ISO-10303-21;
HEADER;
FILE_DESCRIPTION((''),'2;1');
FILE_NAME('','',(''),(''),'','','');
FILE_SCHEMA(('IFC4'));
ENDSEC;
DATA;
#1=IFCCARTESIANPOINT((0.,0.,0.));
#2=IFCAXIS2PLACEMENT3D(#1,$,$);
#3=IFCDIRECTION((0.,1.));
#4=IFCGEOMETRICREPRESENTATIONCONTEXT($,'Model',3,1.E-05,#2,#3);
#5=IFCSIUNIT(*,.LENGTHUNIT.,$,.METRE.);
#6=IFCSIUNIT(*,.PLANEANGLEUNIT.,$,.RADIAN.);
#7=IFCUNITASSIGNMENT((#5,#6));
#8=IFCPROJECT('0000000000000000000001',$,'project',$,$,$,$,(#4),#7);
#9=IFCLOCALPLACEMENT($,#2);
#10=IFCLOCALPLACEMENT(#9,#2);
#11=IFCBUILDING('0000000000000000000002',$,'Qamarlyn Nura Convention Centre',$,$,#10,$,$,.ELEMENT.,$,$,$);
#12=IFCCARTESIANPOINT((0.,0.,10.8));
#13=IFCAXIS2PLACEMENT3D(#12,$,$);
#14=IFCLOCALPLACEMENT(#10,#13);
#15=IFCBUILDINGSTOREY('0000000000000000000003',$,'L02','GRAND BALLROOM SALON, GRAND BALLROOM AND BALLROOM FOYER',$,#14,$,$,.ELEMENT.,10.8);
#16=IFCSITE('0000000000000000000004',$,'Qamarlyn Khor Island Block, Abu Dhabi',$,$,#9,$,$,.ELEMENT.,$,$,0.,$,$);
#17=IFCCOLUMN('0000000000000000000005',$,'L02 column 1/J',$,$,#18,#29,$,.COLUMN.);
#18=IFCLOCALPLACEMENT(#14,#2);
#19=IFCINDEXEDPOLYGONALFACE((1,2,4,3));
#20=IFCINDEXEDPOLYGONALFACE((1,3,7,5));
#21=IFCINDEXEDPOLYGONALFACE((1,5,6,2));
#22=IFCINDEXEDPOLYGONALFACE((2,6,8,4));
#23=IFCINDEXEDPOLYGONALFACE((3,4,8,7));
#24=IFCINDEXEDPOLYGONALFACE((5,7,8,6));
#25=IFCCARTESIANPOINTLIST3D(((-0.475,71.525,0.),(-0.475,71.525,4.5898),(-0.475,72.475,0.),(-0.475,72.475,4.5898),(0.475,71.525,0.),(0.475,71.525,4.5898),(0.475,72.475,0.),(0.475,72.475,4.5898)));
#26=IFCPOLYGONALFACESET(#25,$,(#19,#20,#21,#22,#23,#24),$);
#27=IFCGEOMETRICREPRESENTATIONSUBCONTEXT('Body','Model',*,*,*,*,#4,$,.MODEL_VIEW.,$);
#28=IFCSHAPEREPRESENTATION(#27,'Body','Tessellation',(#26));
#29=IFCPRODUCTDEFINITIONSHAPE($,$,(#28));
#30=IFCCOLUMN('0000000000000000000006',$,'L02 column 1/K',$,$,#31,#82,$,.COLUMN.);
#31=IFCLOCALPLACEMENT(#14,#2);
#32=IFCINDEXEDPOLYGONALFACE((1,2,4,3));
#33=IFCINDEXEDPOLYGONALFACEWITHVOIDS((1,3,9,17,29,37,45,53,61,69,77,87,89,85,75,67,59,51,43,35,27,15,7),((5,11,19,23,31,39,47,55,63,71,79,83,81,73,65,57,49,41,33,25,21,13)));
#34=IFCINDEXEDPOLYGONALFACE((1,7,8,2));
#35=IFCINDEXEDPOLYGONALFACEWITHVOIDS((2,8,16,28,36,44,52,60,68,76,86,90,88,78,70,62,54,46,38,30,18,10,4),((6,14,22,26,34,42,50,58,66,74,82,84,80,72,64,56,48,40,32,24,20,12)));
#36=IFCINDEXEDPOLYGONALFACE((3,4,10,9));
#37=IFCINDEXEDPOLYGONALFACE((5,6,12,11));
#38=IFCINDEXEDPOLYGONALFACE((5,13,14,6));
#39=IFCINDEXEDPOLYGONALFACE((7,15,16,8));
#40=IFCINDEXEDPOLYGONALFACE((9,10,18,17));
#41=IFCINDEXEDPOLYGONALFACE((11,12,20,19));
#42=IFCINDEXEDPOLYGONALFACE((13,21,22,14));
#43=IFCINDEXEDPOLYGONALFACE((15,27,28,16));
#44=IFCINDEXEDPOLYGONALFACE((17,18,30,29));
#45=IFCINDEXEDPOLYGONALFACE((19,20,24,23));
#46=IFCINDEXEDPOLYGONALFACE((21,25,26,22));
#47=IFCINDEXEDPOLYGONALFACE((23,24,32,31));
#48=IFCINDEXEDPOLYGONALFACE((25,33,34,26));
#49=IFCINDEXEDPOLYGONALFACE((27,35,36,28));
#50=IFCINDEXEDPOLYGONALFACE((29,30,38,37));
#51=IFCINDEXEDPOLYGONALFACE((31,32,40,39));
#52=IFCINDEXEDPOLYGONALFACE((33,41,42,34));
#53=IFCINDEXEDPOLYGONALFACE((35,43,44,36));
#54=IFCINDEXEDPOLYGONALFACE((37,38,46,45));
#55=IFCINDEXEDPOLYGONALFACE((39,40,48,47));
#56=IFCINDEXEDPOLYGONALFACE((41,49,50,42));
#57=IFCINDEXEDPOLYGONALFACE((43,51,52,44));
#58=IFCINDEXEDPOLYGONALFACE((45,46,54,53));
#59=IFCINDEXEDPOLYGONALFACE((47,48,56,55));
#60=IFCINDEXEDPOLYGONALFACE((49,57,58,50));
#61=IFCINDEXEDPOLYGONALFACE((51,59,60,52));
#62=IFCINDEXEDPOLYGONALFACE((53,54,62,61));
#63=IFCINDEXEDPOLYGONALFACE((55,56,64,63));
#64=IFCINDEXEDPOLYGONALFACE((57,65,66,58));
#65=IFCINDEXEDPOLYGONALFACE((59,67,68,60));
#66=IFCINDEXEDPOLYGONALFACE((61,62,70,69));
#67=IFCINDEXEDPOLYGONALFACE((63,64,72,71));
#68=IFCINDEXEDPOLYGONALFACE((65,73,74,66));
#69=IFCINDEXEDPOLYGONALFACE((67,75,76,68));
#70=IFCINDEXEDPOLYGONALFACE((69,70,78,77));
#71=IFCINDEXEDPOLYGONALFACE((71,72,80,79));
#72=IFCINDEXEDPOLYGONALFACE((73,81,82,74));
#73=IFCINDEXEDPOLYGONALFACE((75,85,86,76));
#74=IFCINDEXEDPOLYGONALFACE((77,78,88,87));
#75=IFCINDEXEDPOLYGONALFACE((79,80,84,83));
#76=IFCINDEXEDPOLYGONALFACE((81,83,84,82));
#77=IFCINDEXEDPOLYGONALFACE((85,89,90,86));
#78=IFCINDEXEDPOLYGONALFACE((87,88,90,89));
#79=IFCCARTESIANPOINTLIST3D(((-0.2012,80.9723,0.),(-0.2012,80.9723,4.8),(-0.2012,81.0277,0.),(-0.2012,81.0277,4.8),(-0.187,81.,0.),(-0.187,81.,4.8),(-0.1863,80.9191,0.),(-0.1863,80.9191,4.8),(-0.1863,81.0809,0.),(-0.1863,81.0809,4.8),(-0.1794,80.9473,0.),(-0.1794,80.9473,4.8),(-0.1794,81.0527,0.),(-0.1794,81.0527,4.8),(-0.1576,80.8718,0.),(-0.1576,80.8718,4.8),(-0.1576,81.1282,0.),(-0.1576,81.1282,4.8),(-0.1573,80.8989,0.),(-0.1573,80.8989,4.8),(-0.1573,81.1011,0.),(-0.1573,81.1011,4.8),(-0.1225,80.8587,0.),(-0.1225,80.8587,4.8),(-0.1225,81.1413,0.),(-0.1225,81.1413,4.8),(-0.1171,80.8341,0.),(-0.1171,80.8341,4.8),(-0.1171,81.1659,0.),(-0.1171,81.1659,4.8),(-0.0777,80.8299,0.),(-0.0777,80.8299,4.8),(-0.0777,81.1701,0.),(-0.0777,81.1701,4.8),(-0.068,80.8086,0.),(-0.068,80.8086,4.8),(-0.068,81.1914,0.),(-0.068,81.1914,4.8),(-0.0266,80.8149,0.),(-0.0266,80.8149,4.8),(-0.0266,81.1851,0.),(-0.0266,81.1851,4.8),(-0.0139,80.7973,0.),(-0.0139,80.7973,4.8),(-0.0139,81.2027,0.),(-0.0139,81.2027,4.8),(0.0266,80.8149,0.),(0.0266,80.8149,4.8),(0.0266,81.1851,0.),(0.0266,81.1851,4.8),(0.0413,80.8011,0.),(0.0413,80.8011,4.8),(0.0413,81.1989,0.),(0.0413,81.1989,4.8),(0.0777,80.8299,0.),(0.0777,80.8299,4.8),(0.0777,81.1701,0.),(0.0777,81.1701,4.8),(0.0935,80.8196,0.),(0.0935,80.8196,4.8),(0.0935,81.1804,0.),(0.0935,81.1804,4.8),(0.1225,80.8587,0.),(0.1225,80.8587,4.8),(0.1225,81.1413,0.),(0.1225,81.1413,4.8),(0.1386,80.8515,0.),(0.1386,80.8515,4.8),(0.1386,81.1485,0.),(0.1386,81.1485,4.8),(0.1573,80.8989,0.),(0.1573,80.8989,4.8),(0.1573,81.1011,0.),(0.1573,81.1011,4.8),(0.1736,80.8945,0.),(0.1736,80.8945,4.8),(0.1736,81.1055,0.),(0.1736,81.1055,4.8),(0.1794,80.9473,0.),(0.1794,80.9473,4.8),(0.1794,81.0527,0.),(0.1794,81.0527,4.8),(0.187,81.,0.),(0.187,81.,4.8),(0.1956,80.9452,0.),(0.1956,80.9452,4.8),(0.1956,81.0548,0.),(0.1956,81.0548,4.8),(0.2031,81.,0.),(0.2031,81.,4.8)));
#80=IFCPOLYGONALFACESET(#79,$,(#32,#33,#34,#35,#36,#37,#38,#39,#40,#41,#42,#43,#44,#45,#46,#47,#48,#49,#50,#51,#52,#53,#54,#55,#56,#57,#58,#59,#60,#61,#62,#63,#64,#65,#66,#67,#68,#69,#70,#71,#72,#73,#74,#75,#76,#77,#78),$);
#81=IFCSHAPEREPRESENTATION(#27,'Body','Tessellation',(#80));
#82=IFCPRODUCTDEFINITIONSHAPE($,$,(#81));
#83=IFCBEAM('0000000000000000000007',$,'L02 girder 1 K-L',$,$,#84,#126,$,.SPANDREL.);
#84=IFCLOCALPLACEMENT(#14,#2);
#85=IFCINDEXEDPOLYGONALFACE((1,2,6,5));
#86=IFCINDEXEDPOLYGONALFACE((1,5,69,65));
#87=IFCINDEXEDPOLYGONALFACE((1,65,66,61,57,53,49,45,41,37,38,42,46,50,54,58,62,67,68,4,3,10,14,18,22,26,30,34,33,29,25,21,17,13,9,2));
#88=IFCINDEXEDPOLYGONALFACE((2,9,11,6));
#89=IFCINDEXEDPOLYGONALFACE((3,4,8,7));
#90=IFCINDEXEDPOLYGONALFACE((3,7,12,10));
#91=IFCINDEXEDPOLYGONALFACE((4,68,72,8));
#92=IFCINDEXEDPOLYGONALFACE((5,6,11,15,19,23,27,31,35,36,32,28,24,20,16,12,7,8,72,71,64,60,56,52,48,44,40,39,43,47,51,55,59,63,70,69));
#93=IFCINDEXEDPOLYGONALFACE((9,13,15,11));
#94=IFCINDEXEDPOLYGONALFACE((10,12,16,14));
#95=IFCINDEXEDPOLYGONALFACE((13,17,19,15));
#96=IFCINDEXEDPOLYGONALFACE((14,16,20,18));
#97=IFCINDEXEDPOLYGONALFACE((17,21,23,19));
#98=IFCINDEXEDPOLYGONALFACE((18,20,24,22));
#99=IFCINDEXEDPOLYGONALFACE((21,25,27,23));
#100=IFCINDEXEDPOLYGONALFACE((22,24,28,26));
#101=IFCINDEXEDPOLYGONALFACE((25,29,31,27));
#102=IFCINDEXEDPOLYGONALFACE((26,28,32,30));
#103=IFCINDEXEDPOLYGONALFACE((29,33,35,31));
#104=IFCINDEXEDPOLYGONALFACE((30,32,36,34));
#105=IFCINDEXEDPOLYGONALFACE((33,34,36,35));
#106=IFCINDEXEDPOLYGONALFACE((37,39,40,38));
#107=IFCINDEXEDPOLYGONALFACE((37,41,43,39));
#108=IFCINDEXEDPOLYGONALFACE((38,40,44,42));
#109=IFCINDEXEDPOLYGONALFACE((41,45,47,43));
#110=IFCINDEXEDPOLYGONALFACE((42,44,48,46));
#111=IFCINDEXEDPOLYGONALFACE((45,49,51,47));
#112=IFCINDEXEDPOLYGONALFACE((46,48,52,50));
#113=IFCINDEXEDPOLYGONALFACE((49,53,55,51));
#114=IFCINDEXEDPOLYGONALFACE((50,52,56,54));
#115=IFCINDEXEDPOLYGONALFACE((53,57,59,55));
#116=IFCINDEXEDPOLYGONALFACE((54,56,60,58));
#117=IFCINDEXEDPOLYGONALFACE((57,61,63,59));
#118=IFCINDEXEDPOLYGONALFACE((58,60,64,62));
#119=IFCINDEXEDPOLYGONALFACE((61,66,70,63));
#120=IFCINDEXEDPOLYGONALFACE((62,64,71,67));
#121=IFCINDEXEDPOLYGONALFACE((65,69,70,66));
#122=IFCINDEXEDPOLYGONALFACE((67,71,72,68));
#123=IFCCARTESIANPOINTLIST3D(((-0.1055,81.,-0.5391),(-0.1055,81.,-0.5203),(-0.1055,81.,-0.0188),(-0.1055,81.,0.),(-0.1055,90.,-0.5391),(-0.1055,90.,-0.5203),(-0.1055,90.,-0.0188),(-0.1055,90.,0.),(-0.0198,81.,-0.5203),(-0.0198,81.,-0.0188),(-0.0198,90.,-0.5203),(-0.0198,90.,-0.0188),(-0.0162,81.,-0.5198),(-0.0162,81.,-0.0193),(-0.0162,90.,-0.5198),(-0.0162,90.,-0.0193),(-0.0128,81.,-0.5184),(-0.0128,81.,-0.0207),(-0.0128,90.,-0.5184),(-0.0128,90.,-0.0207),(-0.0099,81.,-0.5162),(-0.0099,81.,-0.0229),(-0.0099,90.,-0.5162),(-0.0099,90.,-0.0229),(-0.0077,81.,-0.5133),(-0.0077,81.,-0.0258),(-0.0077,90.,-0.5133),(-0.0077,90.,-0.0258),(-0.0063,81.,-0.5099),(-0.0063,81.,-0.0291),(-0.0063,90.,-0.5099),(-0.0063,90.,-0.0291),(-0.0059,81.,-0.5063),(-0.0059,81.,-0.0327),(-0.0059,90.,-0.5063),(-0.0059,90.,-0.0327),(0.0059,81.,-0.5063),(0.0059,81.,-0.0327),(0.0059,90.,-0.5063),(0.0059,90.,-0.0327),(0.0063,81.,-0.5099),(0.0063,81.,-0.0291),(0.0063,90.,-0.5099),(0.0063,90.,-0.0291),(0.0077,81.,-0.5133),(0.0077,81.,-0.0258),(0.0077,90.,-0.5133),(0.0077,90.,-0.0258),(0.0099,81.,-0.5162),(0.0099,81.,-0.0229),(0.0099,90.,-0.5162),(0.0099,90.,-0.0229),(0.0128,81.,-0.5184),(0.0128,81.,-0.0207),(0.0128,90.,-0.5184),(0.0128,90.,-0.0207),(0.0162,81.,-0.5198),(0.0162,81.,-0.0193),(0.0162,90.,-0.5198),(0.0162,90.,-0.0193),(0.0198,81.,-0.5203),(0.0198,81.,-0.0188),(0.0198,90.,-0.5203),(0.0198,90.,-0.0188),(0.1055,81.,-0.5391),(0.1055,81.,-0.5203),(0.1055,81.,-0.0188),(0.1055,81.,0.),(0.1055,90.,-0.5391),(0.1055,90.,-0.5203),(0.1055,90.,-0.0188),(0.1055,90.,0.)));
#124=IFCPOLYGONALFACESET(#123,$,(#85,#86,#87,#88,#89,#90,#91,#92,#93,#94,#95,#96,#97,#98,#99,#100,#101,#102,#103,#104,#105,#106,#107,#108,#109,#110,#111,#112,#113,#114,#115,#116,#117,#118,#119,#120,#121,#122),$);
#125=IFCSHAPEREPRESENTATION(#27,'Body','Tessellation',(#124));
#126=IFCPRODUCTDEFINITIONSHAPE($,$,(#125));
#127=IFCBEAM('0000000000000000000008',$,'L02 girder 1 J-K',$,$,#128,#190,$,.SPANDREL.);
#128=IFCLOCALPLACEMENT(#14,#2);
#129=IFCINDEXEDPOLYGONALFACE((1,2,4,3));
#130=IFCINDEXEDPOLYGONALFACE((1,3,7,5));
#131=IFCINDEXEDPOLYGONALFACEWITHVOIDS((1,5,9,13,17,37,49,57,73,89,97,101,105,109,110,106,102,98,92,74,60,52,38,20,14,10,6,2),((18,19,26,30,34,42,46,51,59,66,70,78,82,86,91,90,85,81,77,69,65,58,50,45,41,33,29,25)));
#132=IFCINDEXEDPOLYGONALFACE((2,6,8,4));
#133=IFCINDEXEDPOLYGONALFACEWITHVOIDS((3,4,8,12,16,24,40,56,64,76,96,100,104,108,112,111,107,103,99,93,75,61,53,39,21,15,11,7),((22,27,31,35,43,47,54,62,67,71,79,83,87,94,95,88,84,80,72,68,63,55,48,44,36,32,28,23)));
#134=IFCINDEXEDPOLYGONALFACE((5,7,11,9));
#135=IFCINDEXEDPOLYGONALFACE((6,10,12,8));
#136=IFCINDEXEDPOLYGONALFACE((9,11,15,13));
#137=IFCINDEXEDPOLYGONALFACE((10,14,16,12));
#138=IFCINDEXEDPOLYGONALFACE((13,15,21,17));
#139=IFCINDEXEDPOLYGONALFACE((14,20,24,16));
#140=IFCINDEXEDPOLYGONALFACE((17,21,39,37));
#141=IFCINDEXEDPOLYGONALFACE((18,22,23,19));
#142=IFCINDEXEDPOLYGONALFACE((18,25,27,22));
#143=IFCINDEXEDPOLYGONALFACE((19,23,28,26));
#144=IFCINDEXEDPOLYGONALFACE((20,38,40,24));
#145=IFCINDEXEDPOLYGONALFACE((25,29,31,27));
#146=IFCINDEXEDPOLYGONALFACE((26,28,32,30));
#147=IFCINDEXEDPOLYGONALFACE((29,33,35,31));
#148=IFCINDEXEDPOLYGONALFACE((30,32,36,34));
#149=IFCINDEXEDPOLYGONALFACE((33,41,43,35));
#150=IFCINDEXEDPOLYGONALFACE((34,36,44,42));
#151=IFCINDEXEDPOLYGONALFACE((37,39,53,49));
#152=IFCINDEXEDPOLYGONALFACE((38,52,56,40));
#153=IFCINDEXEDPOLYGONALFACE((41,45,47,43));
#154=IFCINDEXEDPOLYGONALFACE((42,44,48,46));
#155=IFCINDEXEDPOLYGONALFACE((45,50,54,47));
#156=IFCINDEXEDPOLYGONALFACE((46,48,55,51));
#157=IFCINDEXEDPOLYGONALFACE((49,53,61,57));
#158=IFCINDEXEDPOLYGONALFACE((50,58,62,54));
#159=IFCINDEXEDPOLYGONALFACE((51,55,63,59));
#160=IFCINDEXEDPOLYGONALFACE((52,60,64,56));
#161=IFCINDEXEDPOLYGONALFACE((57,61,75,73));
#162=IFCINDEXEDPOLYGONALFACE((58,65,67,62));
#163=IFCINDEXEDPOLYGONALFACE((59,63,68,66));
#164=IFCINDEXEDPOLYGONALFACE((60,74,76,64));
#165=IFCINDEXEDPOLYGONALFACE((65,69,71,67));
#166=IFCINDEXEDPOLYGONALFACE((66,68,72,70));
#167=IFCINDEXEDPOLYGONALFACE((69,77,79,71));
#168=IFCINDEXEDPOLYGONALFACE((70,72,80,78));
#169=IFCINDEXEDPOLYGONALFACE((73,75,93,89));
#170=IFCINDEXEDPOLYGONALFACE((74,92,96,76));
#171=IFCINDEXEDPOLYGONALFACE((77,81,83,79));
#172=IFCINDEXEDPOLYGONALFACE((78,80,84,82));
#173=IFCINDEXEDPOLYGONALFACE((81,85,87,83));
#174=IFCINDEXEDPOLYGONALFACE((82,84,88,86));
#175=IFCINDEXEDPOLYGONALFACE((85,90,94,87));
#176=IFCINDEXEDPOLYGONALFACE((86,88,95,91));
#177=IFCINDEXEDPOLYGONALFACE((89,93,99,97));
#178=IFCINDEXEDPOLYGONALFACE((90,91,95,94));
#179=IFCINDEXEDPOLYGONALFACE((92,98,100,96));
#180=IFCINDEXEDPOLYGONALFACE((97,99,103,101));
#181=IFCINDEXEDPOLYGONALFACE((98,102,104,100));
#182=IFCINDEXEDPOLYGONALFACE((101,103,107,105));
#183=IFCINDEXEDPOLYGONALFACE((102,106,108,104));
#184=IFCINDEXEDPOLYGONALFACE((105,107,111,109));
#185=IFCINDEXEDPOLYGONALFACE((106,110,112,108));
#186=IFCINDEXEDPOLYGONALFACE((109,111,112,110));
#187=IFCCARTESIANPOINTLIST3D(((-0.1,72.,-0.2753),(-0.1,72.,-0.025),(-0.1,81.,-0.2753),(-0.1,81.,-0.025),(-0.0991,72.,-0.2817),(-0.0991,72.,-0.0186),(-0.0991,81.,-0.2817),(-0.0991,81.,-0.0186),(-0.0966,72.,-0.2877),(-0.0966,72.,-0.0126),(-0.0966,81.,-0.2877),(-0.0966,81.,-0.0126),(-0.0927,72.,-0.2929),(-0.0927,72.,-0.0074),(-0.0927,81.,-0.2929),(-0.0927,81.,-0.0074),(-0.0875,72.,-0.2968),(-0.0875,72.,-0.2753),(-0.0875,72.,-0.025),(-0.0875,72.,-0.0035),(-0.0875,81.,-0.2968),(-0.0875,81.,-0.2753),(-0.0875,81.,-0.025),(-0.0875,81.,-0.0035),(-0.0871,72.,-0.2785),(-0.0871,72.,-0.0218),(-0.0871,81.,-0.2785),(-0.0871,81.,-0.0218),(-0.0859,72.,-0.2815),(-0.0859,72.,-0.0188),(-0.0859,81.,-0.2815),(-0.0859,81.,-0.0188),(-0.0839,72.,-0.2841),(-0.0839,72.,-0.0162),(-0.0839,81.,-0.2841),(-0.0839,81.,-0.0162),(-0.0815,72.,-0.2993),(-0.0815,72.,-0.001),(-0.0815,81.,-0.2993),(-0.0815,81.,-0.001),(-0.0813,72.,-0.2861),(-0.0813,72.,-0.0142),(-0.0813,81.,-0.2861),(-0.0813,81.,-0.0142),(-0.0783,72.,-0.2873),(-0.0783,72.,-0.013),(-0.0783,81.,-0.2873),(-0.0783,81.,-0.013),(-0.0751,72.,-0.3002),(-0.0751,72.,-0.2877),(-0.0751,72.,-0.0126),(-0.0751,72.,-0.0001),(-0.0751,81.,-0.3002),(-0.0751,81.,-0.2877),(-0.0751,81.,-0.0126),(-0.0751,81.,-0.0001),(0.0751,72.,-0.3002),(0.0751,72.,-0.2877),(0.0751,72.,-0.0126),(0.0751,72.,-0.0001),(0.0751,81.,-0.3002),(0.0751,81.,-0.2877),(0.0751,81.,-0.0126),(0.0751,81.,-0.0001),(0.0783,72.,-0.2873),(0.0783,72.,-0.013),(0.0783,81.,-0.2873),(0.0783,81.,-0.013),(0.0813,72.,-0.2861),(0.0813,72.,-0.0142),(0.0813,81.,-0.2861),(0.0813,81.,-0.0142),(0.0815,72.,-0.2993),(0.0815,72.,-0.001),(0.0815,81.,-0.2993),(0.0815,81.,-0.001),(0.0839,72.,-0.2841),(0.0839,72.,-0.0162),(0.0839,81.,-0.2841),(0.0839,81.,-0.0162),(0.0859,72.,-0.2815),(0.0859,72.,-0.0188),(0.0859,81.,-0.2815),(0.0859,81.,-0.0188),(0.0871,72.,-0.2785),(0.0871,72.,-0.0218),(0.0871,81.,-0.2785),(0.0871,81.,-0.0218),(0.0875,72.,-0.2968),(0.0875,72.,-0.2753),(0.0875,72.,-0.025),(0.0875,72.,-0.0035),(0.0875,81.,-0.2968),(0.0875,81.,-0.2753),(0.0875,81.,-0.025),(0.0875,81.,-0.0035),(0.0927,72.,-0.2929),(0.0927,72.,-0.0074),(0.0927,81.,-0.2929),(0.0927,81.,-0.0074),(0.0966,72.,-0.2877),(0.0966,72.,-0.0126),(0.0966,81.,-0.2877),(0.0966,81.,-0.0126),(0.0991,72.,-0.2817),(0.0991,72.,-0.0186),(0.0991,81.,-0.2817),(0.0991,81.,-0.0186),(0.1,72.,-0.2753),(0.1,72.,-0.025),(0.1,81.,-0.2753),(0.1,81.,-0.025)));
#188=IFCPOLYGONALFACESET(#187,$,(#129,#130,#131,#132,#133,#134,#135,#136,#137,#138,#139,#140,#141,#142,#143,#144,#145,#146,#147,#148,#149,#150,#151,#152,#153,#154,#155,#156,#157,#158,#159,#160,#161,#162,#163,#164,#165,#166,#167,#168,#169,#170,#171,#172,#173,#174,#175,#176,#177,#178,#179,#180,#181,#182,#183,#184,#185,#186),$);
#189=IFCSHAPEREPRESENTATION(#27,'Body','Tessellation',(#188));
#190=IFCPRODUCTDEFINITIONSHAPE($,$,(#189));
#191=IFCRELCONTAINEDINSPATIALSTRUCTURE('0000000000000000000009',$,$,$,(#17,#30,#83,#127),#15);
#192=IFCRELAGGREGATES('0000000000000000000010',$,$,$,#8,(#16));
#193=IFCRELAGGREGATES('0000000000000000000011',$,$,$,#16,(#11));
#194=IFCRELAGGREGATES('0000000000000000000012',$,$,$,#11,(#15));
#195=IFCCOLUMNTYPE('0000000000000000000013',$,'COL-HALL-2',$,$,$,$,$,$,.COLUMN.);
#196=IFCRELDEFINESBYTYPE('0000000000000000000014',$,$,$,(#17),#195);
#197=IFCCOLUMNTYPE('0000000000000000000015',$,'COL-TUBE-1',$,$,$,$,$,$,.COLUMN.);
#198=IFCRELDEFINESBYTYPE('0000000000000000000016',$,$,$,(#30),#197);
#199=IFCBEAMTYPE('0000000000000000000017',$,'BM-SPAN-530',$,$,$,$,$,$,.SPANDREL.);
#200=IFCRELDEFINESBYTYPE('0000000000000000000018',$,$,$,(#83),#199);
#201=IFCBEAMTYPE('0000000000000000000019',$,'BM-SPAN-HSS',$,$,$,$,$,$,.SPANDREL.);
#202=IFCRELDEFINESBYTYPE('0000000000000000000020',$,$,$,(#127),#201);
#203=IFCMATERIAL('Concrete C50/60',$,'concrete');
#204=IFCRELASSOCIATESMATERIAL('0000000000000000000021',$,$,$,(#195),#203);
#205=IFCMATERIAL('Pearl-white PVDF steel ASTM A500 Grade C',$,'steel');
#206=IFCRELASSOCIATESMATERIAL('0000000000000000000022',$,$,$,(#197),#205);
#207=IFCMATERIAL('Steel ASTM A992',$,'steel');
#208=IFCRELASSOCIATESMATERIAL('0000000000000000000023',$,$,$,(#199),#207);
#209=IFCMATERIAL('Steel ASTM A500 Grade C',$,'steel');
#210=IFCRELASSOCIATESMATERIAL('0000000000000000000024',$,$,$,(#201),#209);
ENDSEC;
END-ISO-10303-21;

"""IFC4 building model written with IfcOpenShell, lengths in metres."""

from ifc_helpers import new_model, si_unit, direction, frame, origin, origin_2d, place, context, subcontext, project, spatial, rectangle, hollow_rectangle, hollow_circle, i_section, extrude, material, material_profile, profile_set, type_object, element, save


model = new_model("IFC4")

# Units and contexts
model_context = context("Model", 3, precision=1e-05, world=origin(), true_north=direction((0.0, 1.0)))
body_context = subcontext(model_context, "Body", "Model", "MODEL_VIEW")
ifc_project = project(units=[si_unit("LENGTHUNIT", "METRE"), si_unit("PLANEANGLEUNIT", "RADIAN")], contexts=[model_context])

# Site, building, storey
site_placement = place(None, origin())
site = spatial("IfcSite", under=ifc_project, at=site_placement, Name="Qamarlyn Khor Island Block, Abu Dhabi", CompositionType="ELEMENT", RefElevation=0.0)
building_placement = place(site_placement, origin())
building = spatial("IfcBuilding", under=site, at=building_placement, Name="Qamarlyn Nura Convention Centre", CompositionType="ELEMENT")
storey_placement = place(building_placement, frame((0.0, 0.0, 10.8)))
storey = spatial("IfcBuildingStorey", under=building, at=storey_placement, Name="L02", Description="GRAND BALLROOM SALON, GRAND BALLROOM AND BALLROOM FOYER", CompositionType="ELEMENT", Elevation=10.8)

# Columns
ifc_material_1 = material(Name="Concrete C50/60", Category="concrete")
ifc_material_profile_1 = material_profile(ifc_material_1, rectangle(XDim=0.95, YDim=0.95, at=origin_2d()), Name="RC 950x950")
ifc_profile_set_1 = profile_set([ifc_material_profile_1], Name="Concrete C50/60")
column_type_1 = type_object("IfcColumnType", Name="COL-HALL-2", PredefinedType="COLUMN", material=ifc_profile_set_1)
column_1_placement = place(storey_placement, frame((0.0, 72.0, 0.0), z_axis=(0.0, 0.0, 1.0), x_axis=(1.0, 0.0, 0.0)))
element("IfcColumn", 1, at=column_1_placement, inside=storey, type_object=column_type_1, Name="L02 column 1/J", PredefinedType="COLUMN", context=body_context, shape_type="SweptSolid", body=[
    extrude(rectangle(XDim=0.95, YDim=0.95, at=origin_2d()), origin(), (0.0, 0.0, 1.0), 4.5898),
])
ifc_material_2 = material(Name="Pearl-white PVDF steel ASTM A500 Grade C", Category="steel")
ifc_material_profile_2 = material_profile(ifc_material_2, hollow_circle(Radius=0.2031, WallThickness=0.0161, at=origin_2d()), Name="CHS406.4X16")
ifc_profile_set_2 = profile_set([ifc_material_profile_2], Name="Pearl-white PVDF steel ASTM A500 Grade C")
column_type_2 = type_object("IfcColumnType", Name="COL-TUBE-1", PredefinedType="COLUMN", material=ifc_profile_set_2)
column_2_placement = place(storey_placement, frame((0.0, 81.0, 0.0), z_axis=(0.0, 0.0, 1.0), x_axis=(1.0, 0.0, 0.0)))
element("IfcColumn", 2, at=column_2_placement, inside=storey, type_object=column_type_2, Name="L02 column 1/K", PredefinedType="COLUMN", context=body_context, shape_type="SweptSolid", body=[
    extrude(hollow_circle(Radius=0.2031, WallThickness=0.0161, at=origin_2d()), origin(), (0.0, 0.0, 1.0), 4.8),
])

# Beams
ifc_material_3 = material(Name="Steel ASTM A992", Category="steel")
ifc_material_profile_3 = material_profile(ifc_material_3, i_section(OverallWidth=0.2109, OverallDepth=0.5391, WebThickness=0.0117, FlangeThickness=0.0188, FilletRadius=0.0139, at=origin_2d()), Name="W530X109")
ifc_profile_set_3 = profile_set([ifc_material_profile_3], Name="Steel ASTM A992")
beam_type_1 = type_object("IfcBeamType", Name="BM-SPAN-530", PredefinedType="SPANDREL", material=ifc_profile_set_3)
beam_1_placement = place(storey_placement, frame((0.0, 81.0, -0.2695), z_axis=(0.0, 1.0, 0.0), x_axis=(-1.0, 0.0, 0.0)))
element("IfcBeam", 3, at=beam_1_placement, inside=storey, type_object=beam_type_1, Name="L02 girder 1 K-L", PredefinedType="SPANDREL", context=body_context, shape_type="SweptSolid", body=[
    extrude(i_section(OverallWidth=0.2109, OverallDepth=0.5391, WebThickness=0.0117, FlangeThickness=0.0188, FilletRadius=0.0139, at=origin_2d()), origin(), (0.0, 0.0, 1.0), 9.0),
])
ifc_material_4 = material(Name="Steel ASTM A500 Grade C", Category="steel")
ifc_material_profile_4 = material_profile(ifc_material_4, hollow_rectangle(XDim=0.2, YDim=0.3, WallThickness=0.0125, InnerFilletRadius=0.0125, OuterFilletRadius=0.0249, at=origin_2d()), Name="HSS300X200X12.5")
ifc_profile_set_4 = profile_set([ifc_material_profile_4], Name="Steel ASTM A500 Grade C")
beam_type_2 = type_object("IfcBeamType", Name="BM-SPAN-HSS", PredefinedType="SPANDREL", material=ifc_profile_set_4)
beam_2_placement = place(storey_placement, frame((0.0, 72.0, -0.1501), z_axis=(0.0, 1.0, 0.0), x_axis=(-1.0, 0.0, 0.0)))
element("IfcBeam", 4, at=beam_2_placement, inside=storey, type_object=beam_type_2, Name="L02 girder 1 J-K", PredefinedType="SPANDREL", context=body_context, shape_type="SweptSolid", body=[
    extrude(hollow_rectangle(XDim=0.2, YDim=0.3, WallThickness=0.0125, InnerFilletRadius=0.0125, OuterFilletRadius=0.0249, at=origin_2d()), origin(), (0.0, 0.0, 1.0), 9.0),
])

save(model, "model.ifc")
